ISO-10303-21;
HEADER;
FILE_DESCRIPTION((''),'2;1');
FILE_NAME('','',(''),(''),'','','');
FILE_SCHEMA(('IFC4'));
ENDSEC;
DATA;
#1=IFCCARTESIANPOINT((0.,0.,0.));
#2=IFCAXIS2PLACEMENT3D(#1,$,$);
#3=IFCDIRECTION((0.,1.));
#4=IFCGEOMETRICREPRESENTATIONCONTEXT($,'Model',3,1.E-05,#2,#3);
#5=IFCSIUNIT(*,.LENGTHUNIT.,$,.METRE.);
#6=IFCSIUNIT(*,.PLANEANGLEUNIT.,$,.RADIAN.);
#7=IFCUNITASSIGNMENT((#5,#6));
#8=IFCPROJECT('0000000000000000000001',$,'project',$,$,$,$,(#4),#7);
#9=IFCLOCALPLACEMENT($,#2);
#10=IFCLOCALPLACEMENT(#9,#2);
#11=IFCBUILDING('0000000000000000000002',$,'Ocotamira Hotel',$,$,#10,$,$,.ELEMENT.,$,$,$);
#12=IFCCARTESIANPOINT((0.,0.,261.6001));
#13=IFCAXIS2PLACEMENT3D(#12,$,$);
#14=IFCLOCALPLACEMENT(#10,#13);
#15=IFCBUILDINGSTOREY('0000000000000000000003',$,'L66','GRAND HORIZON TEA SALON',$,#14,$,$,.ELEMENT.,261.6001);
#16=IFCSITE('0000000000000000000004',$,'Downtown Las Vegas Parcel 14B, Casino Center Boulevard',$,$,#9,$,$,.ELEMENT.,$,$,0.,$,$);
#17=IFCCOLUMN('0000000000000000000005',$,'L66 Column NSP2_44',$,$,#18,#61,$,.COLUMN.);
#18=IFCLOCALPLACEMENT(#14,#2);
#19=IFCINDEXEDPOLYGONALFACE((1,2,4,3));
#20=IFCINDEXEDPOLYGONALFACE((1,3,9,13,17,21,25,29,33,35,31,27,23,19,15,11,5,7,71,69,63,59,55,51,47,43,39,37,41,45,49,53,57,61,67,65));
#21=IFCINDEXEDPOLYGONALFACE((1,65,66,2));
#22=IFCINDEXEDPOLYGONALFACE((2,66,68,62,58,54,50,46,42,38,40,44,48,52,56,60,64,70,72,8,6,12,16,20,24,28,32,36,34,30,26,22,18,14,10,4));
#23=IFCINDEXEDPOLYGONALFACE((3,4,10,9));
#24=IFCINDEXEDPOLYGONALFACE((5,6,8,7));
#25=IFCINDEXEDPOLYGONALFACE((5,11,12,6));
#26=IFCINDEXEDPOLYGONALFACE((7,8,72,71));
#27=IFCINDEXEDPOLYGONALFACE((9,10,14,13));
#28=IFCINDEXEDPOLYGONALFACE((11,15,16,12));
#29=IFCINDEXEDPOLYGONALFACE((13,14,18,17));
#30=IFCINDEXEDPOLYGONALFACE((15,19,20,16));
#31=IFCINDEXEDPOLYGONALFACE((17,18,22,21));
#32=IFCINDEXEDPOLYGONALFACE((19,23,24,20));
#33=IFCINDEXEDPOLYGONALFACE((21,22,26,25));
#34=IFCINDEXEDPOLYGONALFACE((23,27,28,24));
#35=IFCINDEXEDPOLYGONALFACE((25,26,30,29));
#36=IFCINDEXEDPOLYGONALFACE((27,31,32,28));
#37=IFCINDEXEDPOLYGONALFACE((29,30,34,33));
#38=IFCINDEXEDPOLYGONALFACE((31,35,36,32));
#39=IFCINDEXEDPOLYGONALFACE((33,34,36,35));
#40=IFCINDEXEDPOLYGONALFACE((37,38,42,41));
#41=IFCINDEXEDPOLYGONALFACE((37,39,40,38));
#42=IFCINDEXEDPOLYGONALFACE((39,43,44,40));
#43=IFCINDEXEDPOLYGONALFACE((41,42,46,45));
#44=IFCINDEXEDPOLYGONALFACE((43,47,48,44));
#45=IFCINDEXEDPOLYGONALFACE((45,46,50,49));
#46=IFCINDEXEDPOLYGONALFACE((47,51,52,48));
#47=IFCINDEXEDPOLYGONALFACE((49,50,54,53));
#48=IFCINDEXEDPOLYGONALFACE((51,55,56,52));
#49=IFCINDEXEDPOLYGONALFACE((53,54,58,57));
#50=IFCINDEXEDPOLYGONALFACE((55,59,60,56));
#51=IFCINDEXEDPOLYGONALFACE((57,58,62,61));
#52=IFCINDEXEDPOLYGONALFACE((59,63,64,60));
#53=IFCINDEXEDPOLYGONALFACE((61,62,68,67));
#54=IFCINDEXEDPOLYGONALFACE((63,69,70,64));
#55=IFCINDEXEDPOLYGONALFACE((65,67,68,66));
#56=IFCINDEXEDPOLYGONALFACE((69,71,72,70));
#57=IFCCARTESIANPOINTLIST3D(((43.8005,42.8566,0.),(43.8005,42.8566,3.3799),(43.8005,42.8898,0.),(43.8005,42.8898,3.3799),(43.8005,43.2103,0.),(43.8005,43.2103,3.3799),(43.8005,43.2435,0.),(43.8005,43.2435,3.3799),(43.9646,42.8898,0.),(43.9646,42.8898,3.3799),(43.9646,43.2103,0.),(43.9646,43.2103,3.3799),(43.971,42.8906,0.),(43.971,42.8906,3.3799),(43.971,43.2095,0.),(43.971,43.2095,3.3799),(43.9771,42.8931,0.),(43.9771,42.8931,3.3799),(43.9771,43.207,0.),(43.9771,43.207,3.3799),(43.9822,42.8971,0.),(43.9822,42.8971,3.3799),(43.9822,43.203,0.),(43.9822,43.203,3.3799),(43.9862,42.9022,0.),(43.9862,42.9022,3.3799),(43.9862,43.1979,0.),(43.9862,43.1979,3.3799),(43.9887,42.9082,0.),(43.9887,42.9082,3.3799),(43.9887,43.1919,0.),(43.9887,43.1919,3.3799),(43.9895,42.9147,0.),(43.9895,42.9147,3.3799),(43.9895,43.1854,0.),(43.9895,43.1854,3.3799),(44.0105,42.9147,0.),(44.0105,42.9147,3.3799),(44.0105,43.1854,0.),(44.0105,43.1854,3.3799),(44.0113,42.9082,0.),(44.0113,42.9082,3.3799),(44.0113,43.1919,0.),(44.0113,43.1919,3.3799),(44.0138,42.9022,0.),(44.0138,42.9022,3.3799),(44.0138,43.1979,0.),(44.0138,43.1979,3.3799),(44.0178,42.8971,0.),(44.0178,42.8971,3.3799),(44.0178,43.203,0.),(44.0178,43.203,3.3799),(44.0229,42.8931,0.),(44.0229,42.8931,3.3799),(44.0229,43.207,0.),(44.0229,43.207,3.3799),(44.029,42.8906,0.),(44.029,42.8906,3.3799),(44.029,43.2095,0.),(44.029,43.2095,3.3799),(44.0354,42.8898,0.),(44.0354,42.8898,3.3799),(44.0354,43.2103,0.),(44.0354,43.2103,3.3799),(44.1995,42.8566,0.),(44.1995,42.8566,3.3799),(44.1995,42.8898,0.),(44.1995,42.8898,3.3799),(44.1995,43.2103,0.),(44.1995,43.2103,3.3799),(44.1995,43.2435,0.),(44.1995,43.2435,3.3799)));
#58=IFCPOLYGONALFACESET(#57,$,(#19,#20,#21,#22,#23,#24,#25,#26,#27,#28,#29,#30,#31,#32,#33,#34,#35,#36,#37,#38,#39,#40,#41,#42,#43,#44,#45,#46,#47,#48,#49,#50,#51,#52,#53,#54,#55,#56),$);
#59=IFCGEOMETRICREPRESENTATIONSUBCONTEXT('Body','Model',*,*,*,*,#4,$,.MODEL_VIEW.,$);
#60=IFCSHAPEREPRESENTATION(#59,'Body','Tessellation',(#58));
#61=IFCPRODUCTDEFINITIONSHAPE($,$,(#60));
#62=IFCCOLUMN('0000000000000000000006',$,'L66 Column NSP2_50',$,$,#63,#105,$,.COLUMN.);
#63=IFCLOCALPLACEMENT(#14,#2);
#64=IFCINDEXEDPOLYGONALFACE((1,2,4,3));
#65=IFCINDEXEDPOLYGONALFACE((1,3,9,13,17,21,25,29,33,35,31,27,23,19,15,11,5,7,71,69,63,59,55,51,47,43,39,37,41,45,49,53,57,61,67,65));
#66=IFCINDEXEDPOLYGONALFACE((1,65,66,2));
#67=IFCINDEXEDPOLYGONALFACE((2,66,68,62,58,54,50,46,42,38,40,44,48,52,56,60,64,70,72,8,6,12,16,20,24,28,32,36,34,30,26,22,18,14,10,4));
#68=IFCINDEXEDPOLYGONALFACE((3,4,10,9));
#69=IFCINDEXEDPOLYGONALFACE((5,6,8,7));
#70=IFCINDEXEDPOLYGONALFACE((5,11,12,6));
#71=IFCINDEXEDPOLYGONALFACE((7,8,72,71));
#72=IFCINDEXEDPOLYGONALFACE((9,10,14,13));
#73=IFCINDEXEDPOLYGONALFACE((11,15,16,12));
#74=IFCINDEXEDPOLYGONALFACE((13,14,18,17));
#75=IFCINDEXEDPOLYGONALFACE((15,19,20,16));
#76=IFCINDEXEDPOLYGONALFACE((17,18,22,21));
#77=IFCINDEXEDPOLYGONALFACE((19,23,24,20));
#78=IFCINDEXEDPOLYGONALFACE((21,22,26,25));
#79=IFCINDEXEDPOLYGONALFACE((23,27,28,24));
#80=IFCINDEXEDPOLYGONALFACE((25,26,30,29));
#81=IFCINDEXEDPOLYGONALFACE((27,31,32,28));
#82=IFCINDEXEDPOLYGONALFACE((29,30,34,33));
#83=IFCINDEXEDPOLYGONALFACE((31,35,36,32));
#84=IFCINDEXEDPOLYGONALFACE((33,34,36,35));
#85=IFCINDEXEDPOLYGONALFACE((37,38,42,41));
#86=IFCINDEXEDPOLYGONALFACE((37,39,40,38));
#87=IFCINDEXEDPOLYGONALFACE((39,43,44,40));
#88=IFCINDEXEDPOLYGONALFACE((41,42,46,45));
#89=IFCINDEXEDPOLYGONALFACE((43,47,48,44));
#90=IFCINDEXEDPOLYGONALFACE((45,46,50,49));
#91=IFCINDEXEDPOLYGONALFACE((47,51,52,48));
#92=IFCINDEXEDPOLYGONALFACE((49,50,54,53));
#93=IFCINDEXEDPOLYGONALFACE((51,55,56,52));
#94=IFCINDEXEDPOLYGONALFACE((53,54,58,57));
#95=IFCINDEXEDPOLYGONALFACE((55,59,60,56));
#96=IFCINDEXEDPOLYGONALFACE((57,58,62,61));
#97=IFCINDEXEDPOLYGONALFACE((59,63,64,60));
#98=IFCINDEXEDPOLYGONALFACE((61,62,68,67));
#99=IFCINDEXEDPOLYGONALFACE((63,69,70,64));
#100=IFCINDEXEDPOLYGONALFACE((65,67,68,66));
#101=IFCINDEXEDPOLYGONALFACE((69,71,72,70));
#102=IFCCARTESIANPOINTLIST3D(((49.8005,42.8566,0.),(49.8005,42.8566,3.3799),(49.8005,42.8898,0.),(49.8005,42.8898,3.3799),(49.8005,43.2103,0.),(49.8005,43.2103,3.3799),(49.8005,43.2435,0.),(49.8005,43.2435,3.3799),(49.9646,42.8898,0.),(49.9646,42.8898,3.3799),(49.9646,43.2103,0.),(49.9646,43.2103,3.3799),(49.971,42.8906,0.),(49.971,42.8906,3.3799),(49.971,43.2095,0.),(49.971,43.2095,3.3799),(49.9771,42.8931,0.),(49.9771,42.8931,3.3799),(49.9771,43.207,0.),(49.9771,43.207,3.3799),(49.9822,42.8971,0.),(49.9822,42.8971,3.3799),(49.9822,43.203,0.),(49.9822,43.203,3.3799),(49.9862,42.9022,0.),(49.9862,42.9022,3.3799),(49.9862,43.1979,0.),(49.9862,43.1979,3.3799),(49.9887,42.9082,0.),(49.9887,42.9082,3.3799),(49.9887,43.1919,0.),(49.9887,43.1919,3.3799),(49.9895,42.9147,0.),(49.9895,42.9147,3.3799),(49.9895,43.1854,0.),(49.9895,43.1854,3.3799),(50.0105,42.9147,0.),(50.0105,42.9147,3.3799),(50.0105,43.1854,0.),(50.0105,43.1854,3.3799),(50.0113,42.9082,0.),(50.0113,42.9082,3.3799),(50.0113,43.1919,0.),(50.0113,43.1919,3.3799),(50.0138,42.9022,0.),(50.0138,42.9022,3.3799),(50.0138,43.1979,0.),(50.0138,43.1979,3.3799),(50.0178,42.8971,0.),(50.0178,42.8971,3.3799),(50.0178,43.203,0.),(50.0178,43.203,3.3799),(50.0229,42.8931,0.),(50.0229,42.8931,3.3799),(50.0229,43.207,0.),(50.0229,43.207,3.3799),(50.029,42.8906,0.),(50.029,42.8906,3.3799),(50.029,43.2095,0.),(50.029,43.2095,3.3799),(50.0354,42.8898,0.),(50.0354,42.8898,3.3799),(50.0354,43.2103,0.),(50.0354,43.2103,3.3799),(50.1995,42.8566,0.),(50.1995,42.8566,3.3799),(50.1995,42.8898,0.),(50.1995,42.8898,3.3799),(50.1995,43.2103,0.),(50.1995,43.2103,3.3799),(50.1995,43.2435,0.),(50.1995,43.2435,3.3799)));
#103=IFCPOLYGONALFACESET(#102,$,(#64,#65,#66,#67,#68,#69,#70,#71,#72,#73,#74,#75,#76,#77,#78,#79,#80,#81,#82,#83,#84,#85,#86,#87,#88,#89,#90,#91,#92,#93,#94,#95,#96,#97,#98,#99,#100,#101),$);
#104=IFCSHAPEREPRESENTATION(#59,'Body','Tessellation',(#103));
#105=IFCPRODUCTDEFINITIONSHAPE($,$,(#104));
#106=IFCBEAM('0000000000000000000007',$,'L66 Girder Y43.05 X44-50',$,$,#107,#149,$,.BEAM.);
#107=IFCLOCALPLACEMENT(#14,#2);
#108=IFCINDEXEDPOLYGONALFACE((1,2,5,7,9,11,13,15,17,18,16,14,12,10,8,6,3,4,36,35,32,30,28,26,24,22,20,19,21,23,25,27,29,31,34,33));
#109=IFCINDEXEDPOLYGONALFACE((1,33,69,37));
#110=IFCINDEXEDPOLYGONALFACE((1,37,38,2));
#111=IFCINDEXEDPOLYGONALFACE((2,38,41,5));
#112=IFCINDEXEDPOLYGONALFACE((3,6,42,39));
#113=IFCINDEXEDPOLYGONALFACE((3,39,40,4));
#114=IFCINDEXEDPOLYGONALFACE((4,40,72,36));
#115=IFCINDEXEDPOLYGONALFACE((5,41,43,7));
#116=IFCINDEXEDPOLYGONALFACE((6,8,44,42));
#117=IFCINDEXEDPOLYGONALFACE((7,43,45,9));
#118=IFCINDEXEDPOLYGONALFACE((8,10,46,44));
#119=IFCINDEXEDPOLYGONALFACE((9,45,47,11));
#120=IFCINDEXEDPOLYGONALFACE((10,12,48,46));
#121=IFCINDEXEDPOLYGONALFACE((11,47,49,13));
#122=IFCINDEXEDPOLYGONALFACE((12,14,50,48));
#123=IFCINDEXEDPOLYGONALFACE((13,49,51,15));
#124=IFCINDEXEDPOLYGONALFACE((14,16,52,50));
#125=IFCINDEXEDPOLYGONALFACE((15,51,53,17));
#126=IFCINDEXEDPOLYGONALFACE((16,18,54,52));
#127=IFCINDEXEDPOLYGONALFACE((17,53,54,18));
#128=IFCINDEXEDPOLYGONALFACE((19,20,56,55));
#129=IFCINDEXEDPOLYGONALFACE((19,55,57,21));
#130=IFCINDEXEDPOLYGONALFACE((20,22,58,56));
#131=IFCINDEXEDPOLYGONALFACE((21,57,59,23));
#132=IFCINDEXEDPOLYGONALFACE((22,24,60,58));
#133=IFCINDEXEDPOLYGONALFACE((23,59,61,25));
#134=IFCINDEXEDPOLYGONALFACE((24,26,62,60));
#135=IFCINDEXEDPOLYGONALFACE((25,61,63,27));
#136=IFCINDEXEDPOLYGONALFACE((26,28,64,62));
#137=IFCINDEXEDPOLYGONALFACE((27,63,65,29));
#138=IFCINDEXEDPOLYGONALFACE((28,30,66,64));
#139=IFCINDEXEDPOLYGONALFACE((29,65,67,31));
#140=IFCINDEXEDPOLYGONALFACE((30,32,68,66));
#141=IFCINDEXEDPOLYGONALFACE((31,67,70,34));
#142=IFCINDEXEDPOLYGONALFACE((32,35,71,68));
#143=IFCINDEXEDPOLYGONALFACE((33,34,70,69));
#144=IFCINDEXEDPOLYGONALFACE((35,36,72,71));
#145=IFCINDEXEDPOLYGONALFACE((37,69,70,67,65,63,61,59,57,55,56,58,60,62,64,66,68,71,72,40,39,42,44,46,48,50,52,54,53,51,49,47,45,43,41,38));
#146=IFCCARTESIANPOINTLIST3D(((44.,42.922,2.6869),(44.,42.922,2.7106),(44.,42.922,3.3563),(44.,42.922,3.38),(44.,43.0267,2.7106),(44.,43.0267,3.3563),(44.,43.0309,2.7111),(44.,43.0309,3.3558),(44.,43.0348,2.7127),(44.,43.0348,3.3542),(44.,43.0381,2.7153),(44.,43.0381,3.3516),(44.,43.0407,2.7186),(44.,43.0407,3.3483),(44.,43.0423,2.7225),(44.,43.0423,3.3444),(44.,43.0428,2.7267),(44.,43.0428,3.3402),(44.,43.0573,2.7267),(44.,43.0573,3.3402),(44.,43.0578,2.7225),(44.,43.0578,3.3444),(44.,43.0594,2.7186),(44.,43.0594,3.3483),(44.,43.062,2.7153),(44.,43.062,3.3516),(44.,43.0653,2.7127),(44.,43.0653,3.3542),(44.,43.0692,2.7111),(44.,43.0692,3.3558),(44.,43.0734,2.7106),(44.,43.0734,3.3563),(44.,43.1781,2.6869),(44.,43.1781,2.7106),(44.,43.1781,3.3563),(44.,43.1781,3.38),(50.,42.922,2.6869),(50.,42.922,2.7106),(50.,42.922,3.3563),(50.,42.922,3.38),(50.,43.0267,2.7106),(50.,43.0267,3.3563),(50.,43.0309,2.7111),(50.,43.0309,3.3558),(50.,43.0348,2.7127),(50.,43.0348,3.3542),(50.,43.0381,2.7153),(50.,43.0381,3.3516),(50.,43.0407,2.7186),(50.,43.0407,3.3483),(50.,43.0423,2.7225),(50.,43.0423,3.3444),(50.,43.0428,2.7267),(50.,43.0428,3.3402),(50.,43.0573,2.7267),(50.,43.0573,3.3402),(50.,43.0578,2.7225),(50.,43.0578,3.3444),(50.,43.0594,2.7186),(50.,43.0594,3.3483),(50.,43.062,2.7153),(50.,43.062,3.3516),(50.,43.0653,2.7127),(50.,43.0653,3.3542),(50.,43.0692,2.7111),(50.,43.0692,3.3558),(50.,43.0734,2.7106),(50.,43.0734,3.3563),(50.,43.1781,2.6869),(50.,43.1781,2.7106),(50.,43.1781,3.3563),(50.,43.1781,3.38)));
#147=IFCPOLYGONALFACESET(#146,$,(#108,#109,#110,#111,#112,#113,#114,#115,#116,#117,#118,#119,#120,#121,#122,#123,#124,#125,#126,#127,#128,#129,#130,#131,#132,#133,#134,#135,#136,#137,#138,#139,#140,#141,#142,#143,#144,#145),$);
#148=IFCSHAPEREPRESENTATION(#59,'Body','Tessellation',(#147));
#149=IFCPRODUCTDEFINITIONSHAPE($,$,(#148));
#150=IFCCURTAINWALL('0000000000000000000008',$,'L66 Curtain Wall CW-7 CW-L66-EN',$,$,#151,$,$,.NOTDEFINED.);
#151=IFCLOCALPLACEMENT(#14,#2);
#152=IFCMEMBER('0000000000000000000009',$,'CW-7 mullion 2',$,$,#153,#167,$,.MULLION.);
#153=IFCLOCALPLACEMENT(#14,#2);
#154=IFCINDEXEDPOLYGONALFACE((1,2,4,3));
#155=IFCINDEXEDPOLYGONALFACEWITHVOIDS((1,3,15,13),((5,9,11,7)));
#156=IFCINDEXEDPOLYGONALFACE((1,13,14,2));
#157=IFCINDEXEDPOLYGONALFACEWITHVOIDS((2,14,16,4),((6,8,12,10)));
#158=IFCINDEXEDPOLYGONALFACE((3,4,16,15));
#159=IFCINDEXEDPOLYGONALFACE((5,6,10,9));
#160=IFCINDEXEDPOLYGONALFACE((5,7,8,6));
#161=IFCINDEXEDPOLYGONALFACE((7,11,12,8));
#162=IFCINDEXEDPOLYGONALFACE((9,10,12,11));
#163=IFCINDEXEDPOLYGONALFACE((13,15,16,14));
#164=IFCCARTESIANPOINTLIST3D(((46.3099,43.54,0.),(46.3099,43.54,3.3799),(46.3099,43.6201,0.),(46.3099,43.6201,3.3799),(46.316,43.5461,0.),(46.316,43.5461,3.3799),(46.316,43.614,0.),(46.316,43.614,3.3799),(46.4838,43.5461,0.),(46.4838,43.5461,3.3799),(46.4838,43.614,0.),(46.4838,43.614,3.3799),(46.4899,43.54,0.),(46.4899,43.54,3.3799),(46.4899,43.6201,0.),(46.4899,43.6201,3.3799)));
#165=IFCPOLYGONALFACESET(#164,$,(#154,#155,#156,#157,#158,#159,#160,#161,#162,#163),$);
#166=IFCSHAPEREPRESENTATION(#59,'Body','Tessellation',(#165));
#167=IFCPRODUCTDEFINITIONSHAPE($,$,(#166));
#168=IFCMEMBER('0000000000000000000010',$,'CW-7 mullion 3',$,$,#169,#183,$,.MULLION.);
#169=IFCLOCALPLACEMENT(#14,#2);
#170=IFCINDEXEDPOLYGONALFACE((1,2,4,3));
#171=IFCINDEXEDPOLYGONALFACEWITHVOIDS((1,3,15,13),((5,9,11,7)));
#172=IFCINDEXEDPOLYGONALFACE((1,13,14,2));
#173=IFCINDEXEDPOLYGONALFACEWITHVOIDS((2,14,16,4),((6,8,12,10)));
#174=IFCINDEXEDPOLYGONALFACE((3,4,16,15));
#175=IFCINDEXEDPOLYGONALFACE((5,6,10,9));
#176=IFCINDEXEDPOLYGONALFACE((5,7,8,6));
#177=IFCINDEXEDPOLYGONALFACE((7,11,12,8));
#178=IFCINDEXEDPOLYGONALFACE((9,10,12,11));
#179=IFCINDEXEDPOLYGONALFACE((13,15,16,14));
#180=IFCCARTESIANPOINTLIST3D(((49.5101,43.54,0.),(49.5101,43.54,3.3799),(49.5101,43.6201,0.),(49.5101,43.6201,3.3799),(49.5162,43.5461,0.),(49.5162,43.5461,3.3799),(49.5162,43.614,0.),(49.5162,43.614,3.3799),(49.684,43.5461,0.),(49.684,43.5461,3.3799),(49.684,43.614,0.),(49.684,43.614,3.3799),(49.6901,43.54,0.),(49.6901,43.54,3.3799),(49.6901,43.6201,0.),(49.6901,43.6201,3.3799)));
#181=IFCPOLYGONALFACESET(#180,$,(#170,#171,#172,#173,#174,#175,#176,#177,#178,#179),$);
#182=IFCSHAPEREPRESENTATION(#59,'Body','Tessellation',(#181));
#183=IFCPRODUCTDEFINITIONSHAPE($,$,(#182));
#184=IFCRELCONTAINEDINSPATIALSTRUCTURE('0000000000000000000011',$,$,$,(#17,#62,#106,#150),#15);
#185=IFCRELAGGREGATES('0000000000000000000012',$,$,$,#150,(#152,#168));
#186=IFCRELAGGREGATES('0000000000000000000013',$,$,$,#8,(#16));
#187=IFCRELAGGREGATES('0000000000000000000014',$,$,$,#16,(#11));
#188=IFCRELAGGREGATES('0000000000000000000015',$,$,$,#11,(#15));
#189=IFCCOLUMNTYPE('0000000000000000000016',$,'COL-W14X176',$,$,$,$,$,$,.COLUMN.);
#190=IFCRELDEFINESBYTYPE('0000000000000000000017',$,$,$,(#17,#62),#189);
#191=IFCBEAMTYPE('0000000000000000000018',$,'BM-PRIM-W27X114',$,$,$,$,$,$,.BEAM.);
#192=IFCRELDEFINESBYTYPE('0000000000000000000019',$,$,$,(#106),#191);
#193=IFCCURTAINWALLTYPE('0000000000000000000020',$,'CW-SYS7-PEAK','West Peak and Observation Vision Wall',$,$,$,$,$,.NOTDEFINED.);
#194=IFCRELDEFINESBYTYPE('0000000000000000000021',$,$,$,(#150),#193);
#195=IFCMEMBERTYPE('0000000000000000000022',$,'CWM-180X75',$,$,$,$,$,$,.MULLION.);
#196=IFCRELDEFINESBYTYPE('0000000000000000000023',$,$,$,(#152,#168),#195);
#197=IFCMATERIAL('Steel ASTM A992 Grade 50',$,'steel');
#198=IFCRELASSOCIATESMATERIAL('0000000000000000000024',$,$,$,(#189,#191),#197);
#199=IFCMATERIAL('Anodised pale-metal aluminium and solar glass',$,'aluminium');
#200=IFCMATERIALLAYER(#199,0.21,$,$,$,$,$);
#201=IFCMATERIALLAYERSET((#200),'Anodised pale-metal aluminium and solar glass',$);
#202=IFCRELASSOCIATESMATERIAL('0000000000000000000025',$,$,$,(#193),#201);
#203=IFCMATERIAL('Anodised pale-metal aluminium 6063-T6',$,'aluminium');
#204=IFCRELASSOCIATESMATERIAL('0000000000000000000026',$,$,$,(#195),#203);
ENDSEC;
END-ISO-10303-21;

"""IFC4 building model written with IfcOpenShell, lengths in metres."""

from ifc_helpers import new_model, si_unit, direction, frame, origin, origin_2d, place, context, subcontext, project, spatial, hollow_rectangle, i_section, extrude, source, transform, mapped, material, layer, layer_set, material_profile, profile_set, type_object, element, aggregate, save


model = new_model("IFC4")

# Units and contexts
model_context = context("Model", 3, precision=1e-05, world=origin(), true_north=direction((0.0, 1.0)))
body_context = subcontext(model_context, "Body", "Model", "MODEL_VIEW")
ifc_project = project(units=[si_unit("LENGTHUNIT", "METRE"), si_unit("PLANEANGLEUNIT", "RADIAN")], contexts=[model_context])

# Site, building, storey
site_placement = place(None, origin())
site = spatial("IfcSite", under=ifc_project, at=site_placement, Name="Downtown Las Vegas Parcel 14B, Casino Center Boulevard", CompositionType="ELEMENT", RefElevation=0.0)
building_placement = place(site_placement, origin())
building = spatial("IfcBuilding", under=site, at=building_placement, Name="Ocotamira Hotel", CompositionType="ELEMENT")
storey_placement = place(building_placement, frame((0.0, 0.0, 261.6001)))
storey = spatial("IfcBuildingStorey", under=building, at=storey_placement, Name="L66", Description="GRAND HORIZON TEA SALON", CompositionType="ELEMENT", Elevation=261.6001)

# Columns
ifc_material_1 = material(Name="Steel ASTM A992 Grade 50", Category="steel")
ifc_material_profile_1 = material_profile(ifc_material_1, i_section(OverallWidth=0.3989, OverallDepth=0.387, WebThickness=0.021, FlangeThickness=0.0332, FilletRadius=0.0249, at=origin_2d()), Name="W14X176")
ifc_profile_set_1 = profile_set([ifc_material_profile_1], Name="Steel ASTM A992 Grade 50")
column_type = type_object("IfcColumnType", Name="COL-W14X176", PredefinedType="COLUMN", material=ifc_profile_set_1)
shared_shape_1 = source(origin(), body_context, "Body", "SweptSolid", [
    extrude(i_section(OverallWidth=0.3989, OverallDepth=0.387, WebThickness=0.021, FlangeThickness=0.0332, FilletRadius=0.0249, at=origin_2d()), origin(), (0.0, 0.0, 1.0), 3.3799),
])
for number, where, z_axis, x_axis, name in (
    (1, (44.0, 43.05, 0.0), (0.0, 0.0, 1.0), (1.0, 0.0, 0.0), "L66 Column NSP2_44"),
    (2, (50.0, 43.05, 0.0), (0.0, 0.0, 1.0), (1.0, 0.0, 0.0), "L66 Column NSP2_50"),
):
    element("IfcColumn", number, at=place(storey_placement, frame(where, z_axis=z_axis, x_axis=x_axis)), inside=storey, type_object=column_type, Name=name, PredefinedType="COLUMN", context=body_context, shape_type="MappedRepresentation", body=[
        mapped(shared_shape_1, transform((0.0, 0.0, 0.0), scale=1.0)),
    ])

# Beam
ifc_material_profile_2 = material_profile(ifc_material_1, i_section(OverallWidth=0.2561, OverallDepth=0.6931, WebThickness=0.0144, FlangeThickness=0.0237, FilletRadius=0.0161, at=origin_2d()), Name="W27X114")
ifc_profile_set_2 = profile_set([ifc_material_profile_2], Name="Steel ASTM A992 Grade 50")
beam_type = type_object("IfcBeamType", Name="BM-PRIM-W27X114", PredefinedType="BEAM", material=ifc_profile_set_2)
shared_shape_2 = source(origin(), body_context, "Body", "SweptSolid", [
    extrude(i_section(OverallWidth=0.2561, OverallDepth=0.6931, WebThickness=0.0144, FlangeThickness=0.0237, FilletRadius=0.0161, at=origin_2d()), origin(), (0.0, 0.0, 1.0), 6.0),
])
beam_placement = place(storey_placement, frame((44.0, 43.05, 3.0334), z_axis=(1.0, 0.0, 0.0), x_axis=(0.0, 1.0, 0.0)))
element("IfcBeam", 3, at=beam_placement, inside=storey, type_object=beam_type, Name="L66 Girder Y43.05 X44-50", PredefinedType="BEAM", context=body_context, shape_type="MappedRepresentation", body=[
    mapped(shared_shape_2, transform((0.0, 0.0, 0.0), scale=1.0)),
])

# Curtain wall, members
ifc_material_2 = material(Name="Anodised pale-metal aluminium and solar glass", Category="aluminium")
ifc_layer_1 = layer(ifc_material_2, 0.21)
ifc_layer_set_1 = layer_set([ifc_layer_1], Name="Anodised pale-metal aluminium and solar glass")
curtain_wall_type = type_object("IfcCurtainWallType", Name="CW-SYS7-PEAK", Description="West Peak and Observation Vision Wall", PredefinedType="NOTDEFINED", material=ifc_layer_set_1)
curtain_wall_1_placement = place(storey_placement, origin())
curtain_wall_1 = element("IfcCurtainWall", 4, at=curtain_wall_1_placement, inside=storey, type_object=curtain_wall_type, Name="L66 Curtain Wall CW-7 CW-L66-EN", PredefinedType="NOTDEFINED")
ifc_material_3 = material(Name="Anodised pale-metal aluminium 6063-T6", Category="aluminium")
ifc_material_profile_3 = material_profile(ifc_material_3, hollow_rectangle(XDim=0.0801, YDim=0.1799, WallThickness=0.0061, at=origin_2d()), Name="HSS180X80X6")
ifc_profile_set_3 = profile_set([ifc_material_profile_3], Name="Anodised pale-metal aluminium 6063-T6")
member_type_1 = type_object("IfcMemberType", Name="CWM-180X75", PredefinedType="MULLION", material=ifc_profile_set_3)
shared_shape_3 = source(origin(), body_context, "Body", "SweptSolid", [
    extrude(hollow_rectangle(XDim=0.0801, YDim=0.1799, WallThickness=0.0061, at=origin_2d()), origin(), (0.0, 0.0, 1.0), 3.3799),
])
member_1_placement = place(storey_placement, frame((46.3999, 43.5801, 0.0), z_axis=(0.0, 0.0, 1.0), x_axis=(0.0, 1.0, 0.0)))
member_1 = element("IfcMember", 5, at=member_1_placement, type_object=member_type_1, Name="CW-7 mullion 2", PredefinedType="MULLION", context=body_context, shape_type="MappedRepresentation", body=[
    mapped(shared_shape_3, transform((0.0, 0.0, 0.0), scale=1.0)),
])
member_2_placement = place(storey_placement, frame((49.6001, 43.5801, 0.0), z_axis=(0.0, 0.0, 1.0), x_axis=(0.0, 1.0, 0.0)))
member_2 = element("IfcMember", 6, at=member_2_placement, type_object=member_type_1, Name="CW-7 mullion 3", PredefinedType="MULLION", context=body_context, shape_type="MappedRepresentation", body=[
    mapped(shared_shape_3, transform((0.0, 0.0, 0.0), scale=1.0)),
])

aggregate(curtain_wall_1, [member_1, member_2])

save(model, "model.ifc")
